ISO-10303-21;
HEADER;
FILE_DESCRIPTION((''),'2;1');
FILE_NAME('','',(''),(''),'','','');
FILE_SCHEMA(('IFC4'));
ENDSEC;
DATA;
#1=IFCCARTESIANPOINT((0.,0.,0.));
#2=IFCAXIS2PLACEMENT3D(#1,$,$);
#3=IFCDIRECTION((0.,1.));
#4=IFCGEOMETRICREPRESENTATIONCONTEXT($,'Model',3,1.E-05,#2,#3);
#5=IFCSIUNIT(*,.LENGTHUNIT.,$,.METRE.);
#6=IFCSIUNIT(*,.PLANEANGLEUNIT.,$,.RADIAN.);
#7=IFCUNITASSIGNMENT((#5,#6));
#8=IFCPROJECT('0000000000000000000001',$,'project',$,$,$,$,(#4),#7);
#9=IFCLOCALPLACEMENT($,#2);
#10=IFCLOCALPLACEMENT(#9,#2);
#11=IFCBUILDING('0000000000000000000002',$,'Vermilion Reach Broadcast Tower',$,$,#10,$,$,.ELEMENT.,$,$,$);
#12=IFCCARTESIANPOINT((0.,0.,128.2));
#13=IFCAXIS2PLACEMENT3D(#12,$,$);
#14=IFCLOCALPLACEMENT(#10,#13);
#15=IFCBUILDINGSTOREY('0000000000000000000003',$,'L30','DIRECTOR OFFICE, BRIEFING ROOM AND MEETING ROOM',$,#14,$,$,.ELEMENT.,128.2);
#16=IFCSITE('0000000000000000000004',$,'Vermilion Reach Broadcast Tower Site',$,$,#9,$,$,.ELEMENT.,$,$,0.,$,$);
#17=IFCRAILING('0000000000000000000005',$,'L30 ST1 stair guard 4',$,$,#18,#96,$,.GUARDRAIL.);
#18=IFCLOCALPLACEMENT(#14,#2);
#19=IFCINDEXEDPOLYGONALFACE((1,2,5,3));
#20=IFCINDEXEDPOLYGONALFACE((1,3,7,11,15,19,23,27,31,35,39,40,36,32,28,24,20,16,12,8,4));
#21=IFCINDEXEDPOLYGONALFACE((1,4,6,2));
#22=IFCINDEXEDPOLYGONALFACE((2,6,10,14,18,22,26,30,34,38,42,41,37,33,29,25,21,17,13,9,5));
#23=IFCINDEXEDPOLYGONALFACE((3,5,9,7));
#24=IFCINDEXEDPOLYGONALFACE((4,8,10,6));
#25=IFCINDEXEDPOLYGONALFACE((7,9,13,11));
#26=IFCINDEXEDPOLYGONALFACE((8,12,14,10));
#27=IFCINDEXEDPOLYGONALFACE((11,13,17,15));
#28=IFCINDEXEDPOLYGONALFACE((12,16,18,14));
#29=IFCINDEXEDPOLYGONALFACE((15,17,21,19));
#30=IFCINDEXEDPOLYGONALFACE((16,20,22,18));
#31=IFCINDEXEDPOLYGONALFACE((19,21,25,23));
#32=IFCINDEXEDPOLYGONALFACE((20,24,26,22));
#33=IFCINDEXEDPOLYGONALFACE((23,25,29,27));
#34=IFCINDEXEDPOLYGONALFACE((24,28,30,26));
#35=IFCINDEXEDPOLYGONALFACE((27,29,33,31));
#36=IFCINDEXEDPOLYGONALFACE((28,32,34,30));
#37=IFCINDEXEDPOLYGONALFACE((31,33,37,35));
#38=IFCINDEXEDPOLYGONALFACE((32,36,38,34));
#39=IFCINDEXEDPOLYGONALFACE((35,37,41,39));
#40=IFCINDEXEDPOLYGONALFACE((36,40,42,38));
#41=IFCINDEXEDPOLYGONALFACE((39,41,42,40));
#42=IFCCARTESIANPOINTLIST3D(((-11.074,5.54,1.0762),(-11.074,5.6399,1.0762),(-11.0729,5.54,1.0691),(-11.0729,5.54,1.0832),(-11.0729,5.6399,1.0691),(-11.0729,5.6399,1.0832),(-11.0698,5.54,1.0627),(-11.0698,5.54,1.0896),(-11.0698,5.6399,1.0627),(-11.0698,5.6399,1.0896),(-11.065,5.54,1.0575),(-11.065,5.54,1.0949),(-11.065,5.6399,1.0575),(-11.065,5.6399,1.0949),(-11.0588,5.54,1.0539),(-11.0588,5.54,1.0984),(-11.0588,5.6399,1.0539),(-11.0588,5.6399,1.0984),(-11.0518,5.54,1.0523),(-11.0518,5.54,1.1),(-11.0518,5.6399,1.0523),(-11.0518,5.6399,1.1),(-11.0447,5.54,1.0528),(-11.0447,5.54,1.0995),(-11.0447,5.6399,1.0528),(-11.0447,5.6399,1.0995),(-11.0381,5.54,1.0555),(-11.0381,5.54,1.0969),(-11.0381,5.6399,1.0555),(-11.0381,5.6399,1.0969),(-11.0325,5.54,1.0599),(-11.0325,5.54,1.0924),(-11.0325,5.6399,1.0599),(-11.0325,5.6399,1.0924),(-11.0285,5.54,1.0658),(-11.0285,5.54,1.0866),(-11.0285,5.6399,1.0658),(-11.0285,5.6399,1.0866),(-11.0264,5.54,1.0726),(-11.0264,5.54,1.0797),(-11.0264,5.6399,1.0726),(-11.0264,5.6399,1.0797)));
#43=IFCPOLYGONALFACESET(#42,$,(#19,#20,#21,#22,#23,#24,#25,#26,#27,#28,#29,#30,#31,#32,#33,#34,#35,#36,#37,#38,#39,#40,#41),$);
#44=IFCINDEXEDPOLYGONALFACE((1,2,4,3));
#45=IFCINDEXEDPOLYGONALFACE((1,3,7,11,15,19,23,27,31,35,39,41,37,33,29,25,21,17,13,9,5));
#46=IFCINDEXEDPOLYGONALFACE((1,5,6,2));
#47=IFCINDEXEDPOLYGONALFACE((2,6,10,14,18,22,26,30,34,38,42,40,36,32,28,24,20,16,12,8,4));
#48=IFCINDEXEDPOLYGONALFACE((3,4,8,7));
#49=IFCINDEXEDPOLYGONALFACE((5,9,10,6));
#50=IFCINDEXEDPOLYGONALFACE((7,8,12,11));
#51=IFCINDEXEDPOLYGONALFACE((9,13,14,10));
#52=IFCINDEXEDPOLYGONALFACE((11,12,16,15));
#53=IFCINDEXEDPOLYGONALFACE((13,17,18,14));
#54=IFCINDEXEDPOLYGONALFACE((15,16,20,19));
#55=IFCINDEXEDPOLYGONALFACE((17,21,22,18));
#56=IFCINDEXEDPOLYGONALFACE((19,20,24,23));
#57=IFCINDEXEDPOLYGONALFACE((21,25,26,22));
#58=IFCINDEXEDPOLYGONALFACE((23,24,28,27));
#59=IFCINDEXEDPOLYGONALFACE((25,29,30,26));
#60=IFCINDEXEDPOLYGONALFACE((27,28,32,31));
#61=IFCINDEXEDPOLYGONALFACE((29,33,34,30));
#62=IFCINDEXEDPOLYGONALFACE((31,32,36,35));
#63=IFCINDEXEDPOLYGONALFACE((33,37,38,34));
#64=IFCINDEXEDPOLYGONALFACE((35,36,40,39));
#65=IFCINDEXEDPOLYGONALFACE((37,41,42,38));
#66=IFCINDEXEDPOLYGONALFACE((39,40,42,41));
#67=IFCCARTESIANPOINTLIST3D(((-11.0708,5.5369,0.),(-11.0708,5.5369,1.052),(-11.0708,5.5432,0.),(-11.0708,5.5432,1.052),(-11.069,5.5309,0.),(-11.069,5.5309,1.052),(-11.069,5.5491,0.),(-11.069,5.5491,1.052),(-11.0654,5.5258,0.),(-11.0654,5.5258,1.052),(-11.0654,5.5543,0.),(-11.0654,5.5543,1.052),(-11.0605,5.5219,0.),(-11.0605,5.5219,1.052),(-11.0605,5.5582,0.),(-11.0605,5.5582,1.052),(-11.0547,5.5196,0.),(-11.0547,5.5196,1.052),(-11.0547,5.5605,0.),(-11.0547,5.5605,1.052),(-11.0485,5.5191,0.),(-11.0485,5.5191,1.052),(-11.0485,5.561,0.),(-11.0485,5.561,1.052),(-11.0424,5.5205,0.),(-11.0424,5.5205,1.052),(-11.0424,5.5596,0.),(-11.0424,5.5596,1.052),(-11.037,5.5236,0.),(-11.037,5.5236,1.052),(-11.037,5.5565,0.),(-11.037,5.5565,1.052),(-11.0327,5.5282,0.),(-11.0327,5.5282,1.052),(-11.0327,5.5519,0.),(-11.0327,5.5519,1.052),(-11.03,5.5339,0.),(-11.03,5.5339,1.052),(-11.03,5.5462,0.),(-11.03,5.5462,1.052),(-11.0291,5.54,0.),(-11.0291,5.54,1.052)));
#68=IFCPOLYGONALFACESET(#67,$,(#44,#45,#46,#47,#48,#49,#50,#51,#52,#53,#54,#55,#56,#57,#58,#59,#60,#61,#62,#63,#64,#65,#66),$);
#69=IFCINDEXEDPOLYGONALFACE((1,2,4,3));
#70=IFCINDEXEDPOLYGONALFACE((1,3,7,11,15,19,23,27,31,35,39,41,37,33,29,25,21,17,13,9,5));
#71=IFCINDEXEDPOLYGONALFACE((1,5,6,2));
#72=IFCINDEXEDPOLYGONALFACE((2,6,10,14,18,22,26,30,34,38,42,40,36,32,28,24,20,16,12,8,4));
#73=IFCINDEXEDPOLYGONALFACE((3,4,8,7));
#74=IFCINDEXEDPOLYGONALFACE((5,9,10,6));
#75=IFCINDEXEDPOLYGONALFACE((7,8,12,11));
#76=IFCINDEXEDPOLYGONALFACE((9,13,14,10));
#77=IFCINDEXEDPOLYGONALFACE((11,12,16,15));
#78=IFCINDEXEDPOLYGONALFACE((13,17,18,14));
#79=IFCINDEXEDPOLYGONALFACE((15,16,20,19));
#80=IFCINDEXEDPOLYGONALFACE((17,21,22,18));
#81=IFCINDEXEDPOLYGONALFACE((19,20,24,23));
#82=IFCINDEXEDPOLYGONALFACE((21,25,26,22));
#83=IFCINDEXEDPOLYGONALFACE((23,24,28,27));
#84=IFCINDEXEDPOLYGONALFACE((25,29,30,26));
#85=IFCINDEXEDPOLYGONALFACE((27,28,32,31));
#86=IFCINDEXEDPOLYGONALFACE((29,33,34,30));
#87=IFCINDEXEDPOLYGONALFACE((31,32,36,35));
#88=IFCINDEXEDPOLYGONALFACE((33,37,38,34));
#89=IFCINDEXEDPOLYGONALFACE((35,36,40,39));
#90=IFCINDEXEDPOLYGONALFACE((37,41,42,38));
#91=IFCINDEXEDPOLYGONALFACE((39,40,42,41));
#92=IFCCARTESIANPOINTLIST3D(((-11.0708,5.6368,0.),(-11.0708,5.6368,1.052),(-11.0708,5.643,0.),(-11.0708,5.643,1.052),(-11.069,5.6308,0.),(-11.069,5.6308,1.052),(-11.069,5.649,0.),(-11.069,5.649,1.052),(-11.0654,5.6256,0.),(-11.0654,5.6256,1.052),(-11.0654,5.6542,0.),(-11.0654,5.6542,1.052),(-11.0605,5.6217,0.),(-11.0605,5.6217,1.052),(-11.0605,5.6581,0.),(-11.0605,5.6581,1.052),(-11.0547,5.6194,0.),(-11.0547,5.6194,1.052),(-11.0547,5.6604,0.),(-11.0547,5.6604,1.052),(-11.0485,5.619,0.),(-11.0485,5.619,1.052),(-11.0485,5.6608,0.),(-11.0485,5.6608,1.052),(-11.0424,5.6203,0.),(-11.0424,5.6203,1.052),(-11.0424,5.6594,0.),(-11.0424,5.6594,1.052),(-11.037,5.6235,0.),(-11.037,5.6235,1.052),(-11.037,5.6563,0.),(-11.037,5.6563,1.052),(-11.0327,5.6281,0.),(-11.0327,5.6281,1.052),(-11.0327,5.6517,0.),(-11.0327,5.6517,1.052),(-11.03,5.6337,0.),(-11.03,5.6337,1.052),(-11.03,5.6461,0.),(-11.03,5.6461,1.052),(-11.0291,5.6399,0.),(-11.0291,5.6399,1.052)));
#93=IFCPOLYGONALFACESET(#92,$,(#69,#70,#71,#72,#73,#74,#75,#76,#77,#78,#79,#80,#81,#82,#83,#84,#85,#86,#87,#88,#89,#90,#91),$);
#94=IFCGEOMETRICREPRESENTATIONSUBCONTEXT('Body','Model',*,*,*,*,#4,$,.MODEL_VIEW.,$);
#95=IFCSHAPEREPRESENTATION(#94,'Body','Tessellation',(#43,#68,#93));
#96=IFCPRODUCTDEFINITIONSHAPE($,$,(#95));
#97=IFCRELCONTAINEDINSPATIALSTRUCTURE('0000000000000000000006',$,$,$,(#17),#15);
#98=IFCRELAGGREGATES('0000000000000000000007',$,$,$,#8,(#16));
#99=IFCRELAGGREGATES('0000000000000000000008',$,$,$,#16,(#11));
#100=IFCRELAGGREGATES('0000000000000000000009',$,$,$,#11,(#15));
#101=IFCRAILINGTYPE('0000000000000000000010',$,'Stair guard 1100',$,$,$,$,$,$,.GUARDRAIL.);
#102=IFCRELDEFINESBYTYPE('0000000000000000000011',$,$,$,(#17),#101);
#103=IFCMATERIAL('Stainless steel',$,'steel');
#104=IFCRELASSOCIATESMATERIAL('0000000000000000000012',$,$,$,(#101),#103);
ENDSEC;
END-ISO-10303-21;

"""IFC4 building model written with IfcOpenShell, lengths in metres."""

from ifc_helpers import new_model, si_unit, direction, frame, origin, origin_2d, place, context, subcontext, project, spatial, circle, extrude, material, type_object, element, save


model = new_model("IFC4")

# Units and contexts
model_context = context("Model", 3, precision=1e-05, world=origin(), true_north=direction((0.0, 1.0)))
body_context = subcontext(model_context, "Body", "Model", "MODEL_VIEW")
ifc_project = project(units=[si_unit("LENGTHUNIT", "METRE"), si_unit("PLANEANGLEUNIT", "RADIAN")], contexts=[model_context])

# Site, building, storey
site_placement = place(None, origin())
site = spatial("IfcSite", under=ifc_project, at=site_placement, Name="Vermilion Reach Broadcast Tower Site", CompositionType="ELEMENT", RefElevation=0.0)
building_placement = place(site_placement, origin())
building = spatial("IfcBuilding", under=site, at=building_placement, Name="Vermilion Reach Broadcast Tower", CompositionType="ELEMENT")
storey_placement = place(building_placement, frame((0.0, 0.0, 128.2)))
storey = spatial("IfcBuildingStorey", under=building, at=storey_placement, Name="L30", Description="DIRECTOR OFFICE, BRIEFING ROOM AND MEETING ROOM", CompositionType="ELEMENT", Elevation=128.2)

# Railing
ifc_material_1 = material(Name="Stainless steel", Category="steel")
railing_type_1 = type_object("IfcRailingType", Name="Stair guard 1100", PredefinedType="GUARDRAIL", material=ifc_material_1)
railing_1_placement = place(storey_placement, frame((-11.05, 5.54, 0.0)))
element("IfcRailing", 1, at=railing_1_placement, inside=storey, type_object=railing_type_1, Name="L30 ST1 stair guard 4", PredefinedType="GUARDRAIL", context=body_context, shape_type="SweptSolid", body=[
    extrude(circle(Radius=0.0239, at=origin_2d()), frame((0.0, 0.0, 1.0762), z_axis=(0.0, 1.0, 0.0), x_axis=(-1.0, 0.0, 0.0)), (0.0, 0.0, 1.0), 0.0999),
    extrude(circle(Radius=0.021, at=origin_2d()), origin(), (0.0, 0.0, 1.0), 1.052),
    extrude(circle(Radius=0.021, at=origin_2d()), frame((0.0, 0.0999, 0.0)), (0.0, 0.0, 1.0), 1.052),
])

save(model, "model.ifc")
